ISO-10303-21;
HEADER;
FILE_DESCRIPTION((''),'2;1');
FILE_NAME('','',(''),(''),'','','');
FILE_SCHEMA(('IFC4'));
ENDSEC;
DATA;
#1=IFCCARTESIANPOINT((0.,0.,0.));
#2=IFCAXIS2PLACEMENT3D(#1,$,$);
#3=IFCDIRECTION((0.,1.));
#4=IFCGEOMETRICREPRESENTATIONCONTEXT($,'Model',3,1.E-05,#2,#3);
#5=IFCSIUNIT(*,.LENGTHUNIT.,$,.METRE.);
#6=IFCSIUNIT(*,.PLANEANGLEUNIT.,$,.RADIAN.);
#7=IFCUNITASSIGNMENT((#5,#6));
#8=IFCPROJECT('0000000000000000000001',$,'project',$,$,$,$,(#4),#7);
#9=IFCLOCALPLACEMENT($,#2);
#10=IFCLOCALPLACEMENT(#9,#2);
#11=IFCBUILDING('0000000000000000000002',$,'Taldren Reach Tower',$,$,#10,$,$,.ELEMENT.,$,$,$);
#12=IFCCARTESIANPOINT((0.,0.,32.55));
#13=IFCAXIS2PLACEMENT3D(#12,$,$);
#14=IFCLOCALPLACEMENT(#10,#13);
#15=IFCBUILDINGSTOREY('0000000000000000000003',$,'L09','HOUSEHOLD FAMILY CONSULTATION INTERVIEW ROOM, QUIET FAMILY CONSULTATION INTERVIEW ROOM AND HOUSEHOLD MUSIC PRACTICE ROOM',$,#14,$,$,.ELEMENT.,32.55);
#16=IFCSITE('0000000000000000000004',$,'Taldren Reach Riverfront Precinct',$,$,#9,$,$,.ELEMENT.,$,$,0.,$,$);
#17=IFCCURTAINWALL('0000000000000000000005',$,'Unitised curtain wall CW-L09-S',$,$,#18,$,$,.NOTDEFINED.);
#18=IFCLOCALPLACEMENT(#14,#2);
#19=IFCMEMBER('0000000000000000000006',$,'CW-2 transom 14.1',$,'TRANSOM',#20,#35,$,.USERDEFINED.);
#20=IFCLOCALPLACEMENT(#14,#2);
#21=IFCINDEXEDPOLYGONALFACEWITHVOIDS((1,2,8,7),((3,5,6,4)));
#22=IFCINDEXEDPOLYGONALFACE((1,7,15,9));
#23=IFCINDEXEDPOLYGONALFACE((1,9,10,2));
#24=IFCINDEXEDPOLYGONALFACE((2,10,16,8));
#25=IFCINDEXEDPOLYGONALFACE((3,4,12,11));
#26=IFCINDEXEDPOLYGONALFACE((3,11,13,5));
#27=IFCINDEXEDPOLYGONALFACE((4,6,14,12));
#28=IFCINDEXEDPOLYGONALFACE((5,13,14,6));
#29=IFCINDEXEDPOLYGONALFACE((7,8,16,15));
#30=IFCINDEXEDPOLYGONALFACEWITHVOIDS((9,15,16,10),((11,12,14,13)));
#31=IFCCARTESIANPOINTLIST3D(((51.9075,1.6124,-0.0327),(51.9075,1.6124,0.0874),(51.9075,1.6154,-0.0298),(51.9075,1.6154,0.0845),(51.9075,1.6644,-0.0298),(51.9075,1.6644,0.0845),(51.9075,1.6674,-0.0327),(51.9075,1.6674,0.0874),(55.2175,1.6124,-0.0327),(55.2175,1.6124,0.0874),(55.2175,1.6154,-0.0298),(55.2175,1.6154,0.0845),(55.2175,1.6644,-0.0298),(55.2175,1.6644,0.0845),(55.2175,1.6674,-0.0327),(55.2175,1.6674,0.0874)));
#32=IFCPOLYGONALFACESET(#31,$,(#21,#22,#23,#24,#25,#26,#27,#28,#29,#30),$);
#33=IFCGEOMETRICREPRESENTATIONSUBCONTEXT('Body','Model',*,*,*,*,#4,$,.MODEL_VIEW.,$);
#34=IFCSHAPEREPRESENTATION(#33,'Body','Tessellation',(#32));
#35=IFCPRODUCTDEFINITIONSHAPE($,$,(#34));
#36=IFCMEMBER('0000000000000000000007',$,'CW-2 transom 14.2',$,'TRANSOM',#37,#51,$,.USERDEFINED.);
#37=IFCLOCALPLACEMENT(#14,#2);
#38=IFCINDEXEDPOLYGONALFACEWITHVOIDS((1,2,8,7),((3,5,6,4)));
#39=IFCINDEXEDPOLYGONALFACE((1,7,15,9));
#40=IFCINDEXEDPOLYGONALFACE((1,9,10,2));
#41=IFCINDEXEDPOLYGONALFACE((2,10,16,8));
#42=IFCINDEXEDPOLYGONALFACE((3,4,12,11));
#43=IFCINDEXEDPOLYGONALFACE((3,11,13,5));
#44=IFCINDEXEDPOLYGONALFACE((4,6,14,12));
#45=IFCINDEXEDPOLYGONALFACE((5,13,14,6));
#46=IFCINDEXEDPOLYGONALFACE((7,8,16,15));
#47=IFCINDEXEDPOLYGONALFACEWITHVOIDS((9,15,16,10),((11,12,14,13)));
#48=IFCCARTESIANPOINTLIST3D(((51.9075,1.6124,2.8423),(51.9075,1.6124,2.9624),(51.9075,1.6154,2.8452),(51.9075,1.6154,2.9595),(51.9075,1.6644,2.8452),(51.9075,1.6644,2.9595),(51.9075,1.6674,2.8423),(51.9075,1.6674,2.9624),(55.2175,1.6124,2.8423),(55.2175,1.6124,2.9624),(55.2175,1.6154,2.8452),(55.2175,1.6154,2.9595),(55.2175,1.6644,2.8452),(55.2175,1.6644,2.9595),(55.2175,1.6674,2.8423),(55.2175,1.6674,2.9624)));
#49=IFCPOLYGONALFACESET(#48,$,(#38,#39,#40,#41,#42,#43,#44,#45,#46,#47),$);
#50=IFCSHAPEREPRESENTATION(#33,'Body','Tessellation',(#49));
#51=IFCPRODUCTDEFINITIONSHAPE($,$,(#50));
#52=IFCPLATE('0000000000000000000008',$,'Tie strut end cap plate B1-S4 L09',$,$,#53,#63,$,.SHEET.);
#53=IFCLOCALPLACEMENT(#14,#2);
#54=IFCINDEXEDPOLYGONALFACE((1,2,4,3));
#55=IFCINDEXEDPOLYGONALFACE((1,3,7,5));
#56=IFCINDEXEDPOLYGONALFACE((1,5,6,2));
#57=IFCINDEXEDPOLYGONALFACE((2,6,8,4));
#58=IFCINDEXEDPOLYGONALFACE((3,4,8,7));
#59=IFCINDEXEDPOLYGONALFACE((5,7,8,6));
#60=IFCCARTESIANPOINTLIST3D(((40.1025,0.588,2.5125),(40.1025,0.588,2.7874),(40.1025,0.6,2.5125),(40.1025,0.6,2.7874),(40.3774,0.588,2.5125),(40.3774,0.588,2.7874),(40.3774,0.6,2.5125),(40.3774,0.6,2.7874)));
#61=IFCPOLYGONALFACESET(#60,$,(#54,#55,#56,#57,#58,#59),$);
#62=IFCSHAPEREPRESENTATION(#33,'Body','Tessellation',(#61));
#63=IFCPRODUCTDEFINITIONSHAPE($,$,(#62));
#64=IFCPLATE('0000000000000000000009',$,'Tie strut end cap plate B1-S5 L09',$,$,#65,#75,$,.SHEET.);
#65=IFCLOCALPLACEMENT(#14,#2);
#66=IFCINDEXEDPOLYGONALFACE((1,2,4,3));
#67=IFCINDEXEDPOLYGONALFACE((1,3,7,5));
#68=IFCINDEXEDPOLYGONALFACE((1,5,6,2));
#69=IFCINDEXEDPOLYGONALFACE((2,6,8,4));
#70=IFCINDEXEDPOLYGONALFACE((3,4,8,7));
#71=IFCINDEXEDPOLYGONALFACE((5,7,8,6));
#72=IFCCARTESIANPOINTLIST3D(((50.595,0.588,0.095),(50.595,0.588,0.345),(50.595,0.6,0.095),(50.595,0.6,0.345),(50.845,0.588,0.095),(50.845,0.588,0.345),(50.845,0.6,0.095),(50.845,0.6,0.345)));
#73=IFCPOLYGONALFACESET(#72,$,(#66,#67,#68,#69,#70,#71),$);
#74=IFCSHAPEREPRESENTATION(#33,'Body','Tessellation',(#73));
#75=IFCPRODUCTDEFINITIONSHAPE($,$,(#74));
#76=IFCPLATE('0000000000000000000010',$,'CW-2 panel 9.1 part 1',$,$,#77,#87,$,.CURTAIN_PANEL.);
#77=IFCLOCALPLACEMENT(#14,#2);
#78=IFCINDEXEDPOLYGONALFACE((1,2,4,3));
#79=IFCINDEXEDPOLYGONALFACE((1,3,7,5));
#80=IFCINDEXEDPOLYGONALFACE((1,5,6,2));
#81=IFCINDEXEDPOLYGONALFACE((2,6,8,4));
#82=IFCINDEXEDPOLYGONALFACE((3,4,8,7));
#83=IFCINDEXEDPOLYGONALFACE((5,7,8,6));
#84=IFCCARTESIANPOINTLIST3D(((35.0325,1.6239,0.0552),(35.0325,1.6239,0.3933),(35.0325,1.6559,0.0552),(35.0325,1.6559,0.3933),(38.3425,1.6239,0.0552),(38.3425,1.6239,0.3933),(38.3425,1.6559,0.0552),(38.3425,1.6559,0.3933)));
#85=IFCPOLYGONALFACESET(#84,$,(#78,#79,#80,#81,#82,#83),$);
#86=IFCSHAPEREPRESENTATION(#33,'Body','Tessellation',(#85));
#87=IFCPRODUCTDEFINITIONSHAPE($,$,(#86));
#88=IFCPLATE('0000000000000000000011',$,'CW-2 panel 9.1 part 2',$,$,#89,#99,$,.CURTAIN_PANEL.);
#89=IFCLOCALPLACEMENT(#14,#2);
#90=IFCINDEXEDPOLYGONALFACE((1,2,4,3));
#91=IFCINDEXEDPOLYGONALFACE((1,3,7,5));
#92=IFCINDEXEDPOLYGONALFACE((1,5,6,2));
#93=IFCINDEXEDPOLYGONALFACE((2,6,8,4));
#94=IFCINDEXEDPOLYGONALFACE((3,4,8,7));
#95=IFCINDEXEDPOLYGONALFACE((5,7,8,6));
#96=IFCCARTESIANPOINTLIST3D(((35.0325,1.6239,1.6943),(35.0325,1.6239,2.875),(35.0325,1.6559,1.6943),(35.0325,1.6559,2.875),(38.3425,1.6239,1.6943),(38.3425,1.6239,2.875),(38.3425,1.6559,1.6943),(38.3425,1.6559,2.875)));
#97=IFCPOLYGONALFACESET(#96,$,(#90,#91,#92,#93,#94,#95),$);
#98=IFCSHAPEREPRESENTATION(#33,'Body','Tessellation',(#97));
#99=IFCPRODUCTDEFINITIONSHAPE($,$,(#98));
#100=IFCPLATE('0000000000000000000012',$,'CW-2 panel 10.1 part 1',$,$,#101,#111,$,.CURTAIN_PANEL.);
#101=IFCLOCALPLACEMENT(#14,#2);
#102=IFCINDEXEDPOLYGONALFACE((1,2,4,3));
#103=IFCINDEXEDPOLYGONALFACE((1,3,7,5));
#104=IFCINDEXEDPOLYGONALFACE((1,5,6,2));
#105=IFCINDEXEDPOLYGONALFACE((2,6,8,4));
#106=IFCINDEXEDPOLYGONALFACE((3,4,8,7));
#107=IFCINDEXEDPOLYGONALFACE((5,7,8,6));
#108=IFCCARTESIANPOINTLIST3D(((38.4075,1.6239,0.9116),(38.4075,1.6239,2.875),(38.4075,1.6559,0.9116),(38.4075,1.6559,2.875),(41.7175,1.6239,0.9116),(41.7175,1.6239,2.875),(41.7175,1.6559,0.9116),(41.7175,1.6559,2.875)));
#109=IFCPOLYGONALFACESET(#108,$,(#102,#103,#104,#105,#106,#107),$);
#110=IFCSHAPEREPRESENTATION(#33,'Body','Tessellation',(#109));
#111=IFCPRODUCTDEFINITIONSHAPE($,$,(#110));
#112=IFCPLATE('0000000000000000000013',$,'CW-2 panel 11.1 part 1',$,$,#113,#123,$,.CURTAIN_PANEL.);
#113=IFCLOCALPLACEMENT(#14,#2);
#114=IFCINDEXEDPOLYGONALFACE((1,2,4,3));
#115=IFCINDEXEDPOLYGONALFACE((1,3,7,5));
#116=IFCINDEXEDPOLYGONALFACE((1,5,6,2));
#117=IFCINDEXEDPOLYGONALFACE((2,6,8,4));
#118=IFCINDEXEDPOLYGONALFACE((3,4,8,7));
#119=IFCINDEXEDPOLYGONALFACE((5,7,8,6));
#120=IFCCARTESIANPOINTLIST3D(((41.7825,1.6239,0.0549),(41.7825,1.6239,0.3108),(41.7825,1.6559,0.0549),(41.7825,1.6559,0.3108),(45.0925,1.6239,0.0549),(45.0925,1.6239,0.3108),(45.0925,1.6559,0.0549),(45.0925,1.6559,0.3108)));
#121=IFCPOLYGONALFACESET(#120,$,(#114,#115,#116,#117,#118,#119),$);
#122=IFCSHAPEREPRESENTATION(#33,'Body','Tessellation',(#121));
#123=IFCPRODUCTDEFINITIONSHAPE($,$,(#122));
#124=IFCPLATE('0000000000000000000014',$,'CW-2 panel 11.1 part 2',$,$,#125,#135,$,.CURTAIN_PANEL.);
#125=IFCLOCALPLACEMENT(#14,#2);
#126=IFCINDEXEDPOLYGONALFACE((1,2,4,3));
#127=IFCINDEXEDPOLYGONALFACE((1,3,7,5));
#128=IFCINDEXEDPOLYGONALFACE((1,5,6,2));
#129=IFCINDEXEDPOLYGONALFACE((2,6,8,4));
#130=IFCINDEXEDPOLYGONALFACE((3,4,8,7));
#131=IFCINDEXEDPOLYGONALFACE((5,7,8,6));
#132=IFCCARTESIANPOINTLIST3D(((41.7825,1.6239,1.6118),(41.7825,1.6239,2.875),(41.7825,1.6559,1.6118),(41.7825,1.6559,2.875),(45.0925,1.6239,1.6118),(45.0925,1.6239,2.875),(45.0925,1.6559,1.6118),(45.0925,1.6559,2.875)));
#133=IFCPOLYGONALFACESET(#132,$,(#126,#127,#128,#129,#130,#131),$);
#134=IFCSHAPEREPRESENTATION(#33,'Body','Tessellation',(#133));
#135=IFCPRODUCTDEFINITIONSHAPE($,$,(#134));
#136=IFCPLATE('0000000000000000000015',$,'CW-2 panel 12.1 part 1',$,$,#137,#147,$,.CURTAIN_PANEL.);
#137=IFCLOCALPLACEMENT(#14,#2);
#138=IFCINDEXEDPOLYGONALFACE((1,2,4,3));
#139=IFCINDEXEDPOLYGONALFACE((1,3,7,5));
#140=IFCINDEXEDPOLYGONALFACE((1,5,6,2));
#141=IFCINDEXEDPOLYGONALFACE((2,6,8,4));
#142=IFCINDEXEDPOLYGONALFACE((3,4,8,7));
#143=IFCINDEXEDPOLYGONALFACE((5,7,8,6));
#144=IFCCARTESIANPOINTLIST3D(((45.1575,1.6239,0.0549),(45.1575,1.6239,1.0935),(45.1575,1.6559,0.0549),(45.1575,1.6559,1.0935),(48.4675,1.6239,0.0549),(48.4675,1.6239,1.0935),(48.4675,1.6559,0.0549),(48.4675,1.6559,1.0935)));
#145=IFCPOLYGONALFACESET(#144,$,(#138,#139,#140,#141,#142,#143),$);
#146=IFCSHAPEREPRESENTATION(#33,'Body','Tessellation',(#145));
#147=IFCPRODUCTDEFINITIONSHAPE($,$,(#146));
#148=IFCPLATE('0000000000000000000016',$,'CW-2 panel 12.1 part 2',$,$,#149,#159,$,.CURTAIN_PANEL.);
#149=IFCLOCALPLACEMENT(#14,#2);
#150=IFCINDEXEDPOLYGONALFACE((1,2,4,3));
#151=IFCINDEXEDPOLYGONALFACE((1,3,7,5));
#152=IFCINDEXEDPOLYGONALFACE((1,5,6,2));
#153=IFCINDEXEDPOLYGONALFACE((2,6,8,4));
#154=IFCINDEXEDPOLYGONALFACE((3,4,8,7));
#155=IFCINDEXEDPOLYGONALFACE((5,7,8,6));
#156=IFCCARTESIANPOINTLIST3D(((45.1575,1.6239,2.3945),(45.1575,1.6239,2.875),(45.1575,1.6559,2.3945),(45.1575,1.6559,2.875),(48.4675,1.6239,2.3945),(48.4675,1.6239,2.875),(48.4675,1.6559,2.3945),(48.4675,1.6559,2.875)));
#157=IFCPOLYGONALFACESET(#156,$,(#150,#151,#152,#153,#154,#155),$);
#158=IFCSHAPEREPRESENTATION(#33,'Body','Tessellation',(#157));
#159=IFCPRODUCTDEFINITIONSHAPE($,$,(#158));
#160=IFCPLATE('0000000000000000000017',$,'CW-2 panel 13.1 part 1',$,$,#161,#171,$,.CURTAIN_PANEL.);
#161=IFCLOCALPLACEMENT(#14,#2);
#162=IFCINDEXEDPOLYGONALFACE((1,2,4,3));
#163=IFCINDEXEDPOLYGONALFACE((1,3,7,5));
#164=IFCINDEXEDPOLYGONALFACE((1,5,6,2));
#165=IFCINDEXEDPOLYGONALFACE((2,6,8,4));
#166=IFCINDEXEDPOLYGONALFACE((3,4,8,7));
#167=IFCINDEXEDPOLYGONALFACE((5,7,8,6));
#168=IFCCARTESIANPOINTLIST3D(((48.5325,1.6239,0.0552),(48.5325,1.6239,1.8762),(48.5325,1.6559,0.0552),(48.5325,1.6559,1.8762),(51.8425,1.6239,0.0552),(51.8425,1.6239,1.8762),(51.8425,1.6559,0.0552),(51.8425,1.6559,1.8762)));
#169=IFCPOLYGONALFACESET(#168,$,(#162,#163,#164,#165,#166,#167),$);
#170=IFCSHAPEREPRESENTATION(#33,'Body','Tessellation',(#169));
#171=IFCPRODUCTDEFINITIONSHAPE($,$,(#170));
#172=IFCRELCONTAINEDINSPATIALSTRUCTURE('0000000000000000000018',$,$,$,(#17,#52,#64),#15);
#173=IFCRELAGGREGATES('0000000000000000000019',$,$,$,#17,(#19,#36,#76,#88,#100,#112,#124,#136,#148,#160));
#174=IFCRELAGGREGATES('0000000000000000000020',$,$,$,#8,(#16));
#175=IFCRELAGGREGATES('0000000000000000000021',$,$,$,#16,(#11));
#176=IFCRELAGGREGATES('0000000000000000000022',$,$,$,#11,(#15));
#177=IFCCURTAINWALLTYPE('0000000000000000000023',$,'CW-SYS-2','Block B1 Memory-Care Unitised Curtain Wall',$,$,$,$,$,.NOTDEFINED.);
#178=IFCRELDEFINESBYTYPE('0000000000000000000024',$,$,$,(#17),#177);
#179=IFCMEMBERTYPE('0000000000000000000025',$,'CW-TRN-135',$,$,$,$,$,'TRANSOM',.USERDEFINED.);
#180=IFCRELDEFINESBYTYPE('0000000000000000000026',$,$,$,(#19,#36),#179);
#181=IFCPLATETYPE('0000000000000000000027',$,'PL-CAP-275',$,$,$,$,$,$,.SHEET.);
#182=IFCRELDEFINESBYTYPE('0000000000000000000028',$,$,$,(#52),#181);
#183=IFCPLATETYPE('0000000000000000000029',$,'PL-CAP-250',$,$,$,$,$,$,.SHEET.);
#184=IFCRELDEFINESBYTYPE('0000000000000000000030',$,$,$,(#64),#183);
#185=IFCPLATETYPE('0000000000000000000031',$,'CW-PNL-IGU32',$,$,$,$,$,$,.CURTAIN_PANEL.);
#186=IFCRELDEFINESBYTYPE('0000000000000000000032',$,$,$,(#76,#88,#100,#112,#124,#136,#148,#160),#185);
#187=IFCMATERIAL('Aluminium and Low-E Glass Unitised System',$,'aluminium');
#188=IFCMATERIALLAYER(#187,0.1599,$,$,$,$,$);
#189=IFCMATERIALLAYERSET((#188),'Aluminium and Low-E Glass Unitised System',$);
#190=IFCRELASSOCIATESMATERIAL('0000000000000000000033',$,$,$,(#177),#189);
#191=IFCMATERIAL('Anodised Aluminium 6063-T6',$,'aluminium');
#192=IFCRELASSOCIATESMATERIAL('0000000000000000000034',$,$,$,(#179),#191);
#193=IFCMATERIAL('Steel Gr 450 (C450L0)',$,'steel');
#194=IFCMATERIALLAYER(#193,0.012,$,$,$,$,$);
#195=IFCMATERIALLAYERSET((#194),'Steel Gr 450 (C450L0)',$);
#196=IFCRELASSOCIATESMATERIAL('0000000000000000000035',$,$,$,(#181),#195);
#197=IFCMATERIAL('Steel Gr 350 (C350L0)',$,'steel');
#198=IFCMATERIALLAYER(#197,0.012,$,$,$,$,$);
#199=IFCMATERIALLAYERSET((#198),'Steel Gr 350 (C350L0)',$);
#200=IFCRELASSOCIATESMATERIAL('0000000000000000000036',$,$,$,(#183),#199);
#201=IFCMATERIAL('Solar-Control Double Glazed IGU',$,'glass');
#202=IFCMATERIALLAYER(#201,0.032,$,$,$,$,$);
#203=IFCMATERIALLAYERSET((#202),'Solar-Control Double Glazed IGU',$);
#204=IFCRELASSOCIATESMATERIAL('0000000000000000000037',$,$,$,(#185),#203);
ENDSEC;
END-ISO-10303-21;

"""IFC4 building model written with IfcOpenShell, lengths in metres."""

from ifc_helpers import new_model, si_unit, direction, frame, origin, origin_2d, place, context, subcontext, project, spatial, rectangle, hollow_rectangle, extrude, source, transform, mapped, material, layer, layer_set, material_profile, profile_set, type_object, element, aggregate, save


model = new_model("IFC4")

# Units and contexts
model_context = context("Model", 3, precision=1e-05, world=origin(), true_north=direction((0.0, 1.0)))
body_context = subcontext(model_context, "Body", "Model", "MODEL_VIEW")
ifc_project = project(units=[si_unit("LENGTHUNIT", "METRE"), si_unit("PLANEANGLEUNIT", "RADIAN")], contexts=[model_context])

# Site, building, storey
site_placement = place(None, origin())
site = spatial("IfcSite", under=ifc_project, at=site_placement, Name="Taldren Reach Riverfront Precinct", CompositionType="ELEMENT", RefElevation=0.0)
building_placement = place(site_placement, origin())
building = spatial("IfcBuilding", under=site, at=building_placement, Name="Taldren Reach Tower", CompositionType="ELEMENT")
storey_placement = place(building_placement, frame((0.0, 0.0, 32.55)))
storey = spatial("IfcBuildingStorey", under=building, at=storey_placement, Name="L09", Description="HOUSEHOLD FAMILY CONSULTATION INTERVIEW ROOM, QUIET FAMILY CONSULTATION INTERVIEW ROOM AND HOUSEHOLD MUSIC PRACTICE ROOM", CompositionType="ELEMENT", Elevation=32.55)

# Shared definitions
ifc_material_1 = material(Name="Steel Gr 450 (C450L0)", Category="steel")
ifc_material_2 = material(Name="Steel Gr 350 (C350L0)", Category="steel")

# Curtain wall, members
ifc_material_3 = material(Name="Aluminium and Low-E Glass Unitised System", Category="aluminium")
ifc_layer_1 = layer(ifc_material_3, 0.1599)
ifc_layer_set_1 = layer_set([ifc_layer_1], Name="Aluminium and Low-E Glass Unitised System")
curtain_wall_type = type_object("IfcCurtainWallType", Name="CW-SYS-2", Description="Block B1 Memory-Care Unitised Curtain Wall", PredefinedType="NOTDEFINED", material=ifc_layer_set_1)
curtain_wall_placement = place(storey_placement, origin())
curtain_wall = element("IfcCurtainWall", 1, at=curtain_wall_placement, inside=storey, type_object=curtain_wall_type, Name="Unitised curtain wall CW-L09-S", PredefinedType="NOTDEFINED")
ifc_material_4 = material(Name="Anodised Aluminium 6063-T6", Category="aluminium")
ifc_material_profile_1 = material_profile(ifc_material_4, hollow_rectangle(XDim=0.0549, YDim=0.1201, WallThickness=0.0029, at=origin_2d()), Name="ALU-120x55x3RHS")
ifc_profile_set_1 = profile_set([ifc_material_profile_1], Name="Anodised Aluminium 6063-T6")
member_type_1 = type_object("IfcMemberType", Name="CW-TRN-135", ElementType="TRANSOM", PredefinedType="USERDEFINED", material=ifc_profile_set_1)
shared_shape_1 = source(origin(), body_context, "Body", "SweptSolid", [
    extrude(hollow_rectangle(XDim=0.0549, YDim=0.1201, WallThickness=0.0029, at=origin_2d()), origin(), (0.0, 0.0, 1.0), 3.3101),
])
member_1_placement = place(storey_placement, frame((51.9075, 1.6399, 0.0273), z_axis=(1.0, 0.0, 0.0), x_axis=(0.0, 1.0, 0.0)))
member_1 = element("IfcMember", 2, at=member_1_placement, type_object=member_type_1, Name="CW-2 transom 14.1", ObjectType="TRANSOM", PredefinedType="USERDEFINED", context=body_context, shape_type="MappedRepresentation", body=[
    mapped(shared_shape_1, transform((0.0, 0.0, 0.0), scale=1.0)),
])
member_2_placement = place(storey_placement, frame((51.9075, 1.6399, 2.9023), z_axis=(1.0, 0.0, 0.0), x_axis=(0.0, 1.0, 0.0)))
member_2 = element("IfcMember", 3, at=member_2_placement, type_object=member_type_1, Name="CW-2 transom 14.2", ObjectType="TRANSOM", PredefinedType="USERDEFINED", context=body_context, shape_type="MappedRepresentation", body=[
    mapped(shared_shape_1, transform((0.0, 0.0, 0.0), scale=1.0)),
])

# Plates
ifc_layer_2 = layer(ifc_material_1, 0.012)
ifc_layer_set_2 = layer_set([ifc_layer_2], Name="Steel Gr 450 (C450L0)")
plate_type_1 = type_object("IfcPlateType", Name="PL-CAP-275", PredefinedType="SHEET", material=ifc_layer_set_2)
shared_shape_2 = source(origin(), body_context, "Body", "SweptSolid", [
    extrude(rectangle(XDim=0.2749, YDim=0.012, at=origin_2d()), origin(), (0.0, 0.0, 1.0), 0.2749),
])
plate_1_placement = place(storey_placement, frame((40.24, 0.594, 2.5125), z_axis=(0.0, 0.0, 1.0), x_axis=(1.0, 0.0, 0.0)))
element("IfcPlate", 4, at=plate_1_placement, inside=storey, type_object=plate_type_1, Name="Tie strut end cap plate B1-S4 L09", PredefinedType="SHEET", context=body_context, shape_type="MappedRepresentation", body=[
    mapped(shared_shape_2, transform((0.0, 0.0, 0.0), scale=1.0)),
])
ifc_layer_3 = layer(ifc_material_2, 0.012)
ifc_layer_set_3 = layer_set([ifc_layer_3], Name="Steel Gr 350 (C350L0)")
plate_type_2 = type_object("IfcPlateType", Name="PL-CAP-250", PredefinedType="SHEET", material=ifc_layer_set_3)
shared_shape_3 = source(origin(), body_context, "Body", "SweptSolid", [
    extrude(rectangle(XDim=0.25, YDim=0.012, at=origin_2d()), origin(), (0.0, 0.0, 1.0), 0.25),
])
plate_2_placement = place(storey_placement, frame((50.72, 0.594, 0.095), z_axis=(0.0, 0.0, 1.0), x_axis=(1.0, 0.0, 0.0)))
element("IfcPlate", 5, at=plate_2_placement, inside=storey, type_object=plate_type_2, Name="Tie strut end cap plate B1-S5 L09", PredefinedType="SHEET", context=body_context, shape_type="MappedRepresentation", body=[
    mapped(shared_shape_3, transform((0.0, 0.0, 0.0), scale=1.0)),
])

# Plates
ifc_material_5 = material(Name="Solar-Control Double Glazed IGU", Category="glass")
ifc_layer_4 = layer(ifc_material_5, 0.032)
ifc_layer_set_4 = layer_set([ifc_layer_4], Name="Solar-Control Double Glazed IGU")
plate_type_3 = type_object("IfcPlateType", Name="CW-PNL-IGU32", PredefinedType="CURTAIN_PANEL", material=ifc_layer_set_4)
shared_shape_4 = source(origin(), body_context, "Body", "SweptSolid", [
    extrude(rectangle(XDim=3.3101, YDim=0.032, at=origin_2d()), origin(), (0.0, 0.0, 1.0), 0.3381),
])
plate_3_placement = place(storey_placement, frame((36.6875, 1.6399, 0.0552), z_axis=(0.0, 0.0, 1.0), x_axis=(1.0, 0.0, 0.0)))
plate_3 = element("IfcPlate", 6, at=plate_3_placement, type_object=plate_type_3, Name="CW-2 panel 9.1 part 1", PredefinedType="CURTAIN_PANEL", context=body_context, shape_type="MappedRepresentation", body=[
    mapped(shared_shape_4, transform((0.0, 0.0, 0.0), scale=1.0)),
])
shared_shape_5 = source(origin(), body_context, "Body", "SweptSolid", [
    extrude(rectangle(XDim=3.3101, YDim=0.032, at=origin_2d()), origin(), (0.0, 0.0, 1.0), 1.1807),
])
plate_4_placement = place(storey_placement, frame((36.6875, 1.6399, 1.6943), z_axis=(0.0, 0.0, 1.0), x_axis=(1.0, 0.0, 0.0)))
plate_4 = element("IfcPlate", 7, at=plate_4_placement, type_object=plate_type_3, Name="CW-2 panel 9.1 part 2", PredefinedType="CURTAIN_PANEL", context=body_context, shape_type="MappedRepresentation", body=[
    mapped(shared_shape_5, transform((0.0, 0.0, 0.0), scale=1.0)),
])
shared_shape_6 = source(origin(), body_context, "Body", "SweptSolid", [
    extrude(rectangle(XDim=3.3101, YDim=0.032, at=origin_2d()), origin(), (0.0, 0.0, 1.0), 1.9634),
])
plate_5_placement = place(storey_placement, frame((40.0625, 1.6399, 0.9116), z_axis=(0.0, 0.0, 1.0), x_axis=(1.0, 0.0, 0.0)))
plate_5 = element("IfcPlate", 8, at=plate_5_placement, type_object=plate_type_3, Name="CW-2 panel 10.1 part 1", PredefinedType="CURTAIN_PANEL", context=body_context, shape_type="MappedRepresentation", body=[
    mapped(shared_shape_6, transform((0.0, 0.0, 0.0), scale=1.0)),
])
shared_shape_7 = source(origin(), body_context, "Body", "SweptSolid", [
    extrude(rectangle(XDim=3.3101, YDim=0.032, at=origin_2d()), origin(), (0.0, 0.0, 1.0), 0.2559),
])
plate_6_placement = place(storey_placement, frame((43.4375, 1.6399, 0.0549), z_axis=(0.0, 0.0, 1.0), x_axis=(1.0, 0.0, 0.0)))
plate_6 = element("IfcPlate", 9, at=plate_6_placement, type_object=plate_type_3, Name="CW-2 panel 11.1 part 1", PredefinedType="CURTAIN_PANEL", context=body_context, shape_type="MappedRepresentation", body=[
    mapped(shared_shape_7, transform((0.0, 0.0, 0.0), scale=1.0)),
])
shared_shape_8 = source(origin(), body_context, "Body", "SweptSolid", [
    extrude(rectangle(XDim=3.3101, YDim=0.032, at=origin_2d()), origin(), (0.0, 0.0, 1.0), 1.2632),
])
plate_7_placement = place(storey_placement, frame((43.4375, 1.6399, 1.6118), z_axis=(0.0, 0.0, 1.0), x_axis=(1.0, 0.0, 0.0)))
plate_7 = element("IfcPlate", 10, at=plate_7_placement, type_object=plate_type_3, Name="CW-2 panel 11.1 part 2", PredefinedType="CURTAIN_PANEL", context=body_context, shape_type="MappedRepresentation", body=[
    mapped(shared_shape_8, transform((0.0, 0.0, 0.0), scale=1.0)),
])
shared_shape_9 = source(origin(), body_context, "Body", "SweptSolid", [
    extrude(rectangle(XDim=3.3101, YDim=0.032, at=origin_2d()), origin(), (0.0, 0.0, 1.0), 1.0386),
])
plate_8_placement = place(storey_placement, frame((46.8125, 1.6399, 0.0549), z_axis=(0.0, 0.0, 1.0), x_axis=(1.0, 0.0, 0.0)))
plate_8 = element("IfcPlate", 11, at=plate_8_placement, type_object=plate_type_3, Name="CW-2 panel 12.1 part 1", PredefinedType="CURTAIN_PANEL", context=body_context, shape_type="MappedRepresentation", body=[
    mapped(shared_shape_9, transform((0.0, 0.0, 0.0), scale=1.0)),
])
shared_shape_10 = source(origin(), body_context, "Body", "SweptSolid", [
    extrude(rectangle(XDim=3.3101, YDim=0.032, at=origin_2d()), origin(), (0.0, 0.0, 1.0), 0.4805),
])
plate_9_placement = place(storey_placement, frame((46.8125, 1.6399, 2.3945), z_axis=(0.0, 0.0, 1.0), x_axis=(1.0, 0.0, 0.0)))
plate_9 = element("IfcPlate", 12, at=plate_9_placement, type_object=plate_type_3, Name="CW-2 panel 12.1 part 2", PredefinedType="CURTAIN_PANEL", context=body_context, shape_type="MappedRepresentation", body=[
    mapped(shared_shape_10, transform((0.0, 0.0, 0.0), scale=1.0)),
])
shared_shape_11 = source(origin(), body_context, "Body", "SweptSolid", [
    extrude(rectangle(XDim=3.3101, YDim=0.032, at=origin_2d()), origin(), (0.0, 0.0, 1.0), 1.821),
])
plate_10_placement = place(storey_placement, frame((50.1875, 1.6399, 0.0552), z_axis=(0.0, 0.0, 1.0), x_axis=(1.0, 0.0, 0.0)))
plate_10 = element("IfcPlate", 13, at=plate_10_placement, type_object=plate_type_3, Name="CW-2 panel 13.1 part 1", PredefinedType="CURTAIN_PANEL", context=body_context, shape_type="MappedRepresentation", body=[
    mapped(shared_shape_11, transform((0.0, 0.0, 0.0), scale=1.0)),
])
aggregate(curtain_wall, [member_1, member_2, plate_3, plate_4, plate_5, plate_6, plate_7, plate_8, plate_9, plate_10])

save(model, "model.ifc")
